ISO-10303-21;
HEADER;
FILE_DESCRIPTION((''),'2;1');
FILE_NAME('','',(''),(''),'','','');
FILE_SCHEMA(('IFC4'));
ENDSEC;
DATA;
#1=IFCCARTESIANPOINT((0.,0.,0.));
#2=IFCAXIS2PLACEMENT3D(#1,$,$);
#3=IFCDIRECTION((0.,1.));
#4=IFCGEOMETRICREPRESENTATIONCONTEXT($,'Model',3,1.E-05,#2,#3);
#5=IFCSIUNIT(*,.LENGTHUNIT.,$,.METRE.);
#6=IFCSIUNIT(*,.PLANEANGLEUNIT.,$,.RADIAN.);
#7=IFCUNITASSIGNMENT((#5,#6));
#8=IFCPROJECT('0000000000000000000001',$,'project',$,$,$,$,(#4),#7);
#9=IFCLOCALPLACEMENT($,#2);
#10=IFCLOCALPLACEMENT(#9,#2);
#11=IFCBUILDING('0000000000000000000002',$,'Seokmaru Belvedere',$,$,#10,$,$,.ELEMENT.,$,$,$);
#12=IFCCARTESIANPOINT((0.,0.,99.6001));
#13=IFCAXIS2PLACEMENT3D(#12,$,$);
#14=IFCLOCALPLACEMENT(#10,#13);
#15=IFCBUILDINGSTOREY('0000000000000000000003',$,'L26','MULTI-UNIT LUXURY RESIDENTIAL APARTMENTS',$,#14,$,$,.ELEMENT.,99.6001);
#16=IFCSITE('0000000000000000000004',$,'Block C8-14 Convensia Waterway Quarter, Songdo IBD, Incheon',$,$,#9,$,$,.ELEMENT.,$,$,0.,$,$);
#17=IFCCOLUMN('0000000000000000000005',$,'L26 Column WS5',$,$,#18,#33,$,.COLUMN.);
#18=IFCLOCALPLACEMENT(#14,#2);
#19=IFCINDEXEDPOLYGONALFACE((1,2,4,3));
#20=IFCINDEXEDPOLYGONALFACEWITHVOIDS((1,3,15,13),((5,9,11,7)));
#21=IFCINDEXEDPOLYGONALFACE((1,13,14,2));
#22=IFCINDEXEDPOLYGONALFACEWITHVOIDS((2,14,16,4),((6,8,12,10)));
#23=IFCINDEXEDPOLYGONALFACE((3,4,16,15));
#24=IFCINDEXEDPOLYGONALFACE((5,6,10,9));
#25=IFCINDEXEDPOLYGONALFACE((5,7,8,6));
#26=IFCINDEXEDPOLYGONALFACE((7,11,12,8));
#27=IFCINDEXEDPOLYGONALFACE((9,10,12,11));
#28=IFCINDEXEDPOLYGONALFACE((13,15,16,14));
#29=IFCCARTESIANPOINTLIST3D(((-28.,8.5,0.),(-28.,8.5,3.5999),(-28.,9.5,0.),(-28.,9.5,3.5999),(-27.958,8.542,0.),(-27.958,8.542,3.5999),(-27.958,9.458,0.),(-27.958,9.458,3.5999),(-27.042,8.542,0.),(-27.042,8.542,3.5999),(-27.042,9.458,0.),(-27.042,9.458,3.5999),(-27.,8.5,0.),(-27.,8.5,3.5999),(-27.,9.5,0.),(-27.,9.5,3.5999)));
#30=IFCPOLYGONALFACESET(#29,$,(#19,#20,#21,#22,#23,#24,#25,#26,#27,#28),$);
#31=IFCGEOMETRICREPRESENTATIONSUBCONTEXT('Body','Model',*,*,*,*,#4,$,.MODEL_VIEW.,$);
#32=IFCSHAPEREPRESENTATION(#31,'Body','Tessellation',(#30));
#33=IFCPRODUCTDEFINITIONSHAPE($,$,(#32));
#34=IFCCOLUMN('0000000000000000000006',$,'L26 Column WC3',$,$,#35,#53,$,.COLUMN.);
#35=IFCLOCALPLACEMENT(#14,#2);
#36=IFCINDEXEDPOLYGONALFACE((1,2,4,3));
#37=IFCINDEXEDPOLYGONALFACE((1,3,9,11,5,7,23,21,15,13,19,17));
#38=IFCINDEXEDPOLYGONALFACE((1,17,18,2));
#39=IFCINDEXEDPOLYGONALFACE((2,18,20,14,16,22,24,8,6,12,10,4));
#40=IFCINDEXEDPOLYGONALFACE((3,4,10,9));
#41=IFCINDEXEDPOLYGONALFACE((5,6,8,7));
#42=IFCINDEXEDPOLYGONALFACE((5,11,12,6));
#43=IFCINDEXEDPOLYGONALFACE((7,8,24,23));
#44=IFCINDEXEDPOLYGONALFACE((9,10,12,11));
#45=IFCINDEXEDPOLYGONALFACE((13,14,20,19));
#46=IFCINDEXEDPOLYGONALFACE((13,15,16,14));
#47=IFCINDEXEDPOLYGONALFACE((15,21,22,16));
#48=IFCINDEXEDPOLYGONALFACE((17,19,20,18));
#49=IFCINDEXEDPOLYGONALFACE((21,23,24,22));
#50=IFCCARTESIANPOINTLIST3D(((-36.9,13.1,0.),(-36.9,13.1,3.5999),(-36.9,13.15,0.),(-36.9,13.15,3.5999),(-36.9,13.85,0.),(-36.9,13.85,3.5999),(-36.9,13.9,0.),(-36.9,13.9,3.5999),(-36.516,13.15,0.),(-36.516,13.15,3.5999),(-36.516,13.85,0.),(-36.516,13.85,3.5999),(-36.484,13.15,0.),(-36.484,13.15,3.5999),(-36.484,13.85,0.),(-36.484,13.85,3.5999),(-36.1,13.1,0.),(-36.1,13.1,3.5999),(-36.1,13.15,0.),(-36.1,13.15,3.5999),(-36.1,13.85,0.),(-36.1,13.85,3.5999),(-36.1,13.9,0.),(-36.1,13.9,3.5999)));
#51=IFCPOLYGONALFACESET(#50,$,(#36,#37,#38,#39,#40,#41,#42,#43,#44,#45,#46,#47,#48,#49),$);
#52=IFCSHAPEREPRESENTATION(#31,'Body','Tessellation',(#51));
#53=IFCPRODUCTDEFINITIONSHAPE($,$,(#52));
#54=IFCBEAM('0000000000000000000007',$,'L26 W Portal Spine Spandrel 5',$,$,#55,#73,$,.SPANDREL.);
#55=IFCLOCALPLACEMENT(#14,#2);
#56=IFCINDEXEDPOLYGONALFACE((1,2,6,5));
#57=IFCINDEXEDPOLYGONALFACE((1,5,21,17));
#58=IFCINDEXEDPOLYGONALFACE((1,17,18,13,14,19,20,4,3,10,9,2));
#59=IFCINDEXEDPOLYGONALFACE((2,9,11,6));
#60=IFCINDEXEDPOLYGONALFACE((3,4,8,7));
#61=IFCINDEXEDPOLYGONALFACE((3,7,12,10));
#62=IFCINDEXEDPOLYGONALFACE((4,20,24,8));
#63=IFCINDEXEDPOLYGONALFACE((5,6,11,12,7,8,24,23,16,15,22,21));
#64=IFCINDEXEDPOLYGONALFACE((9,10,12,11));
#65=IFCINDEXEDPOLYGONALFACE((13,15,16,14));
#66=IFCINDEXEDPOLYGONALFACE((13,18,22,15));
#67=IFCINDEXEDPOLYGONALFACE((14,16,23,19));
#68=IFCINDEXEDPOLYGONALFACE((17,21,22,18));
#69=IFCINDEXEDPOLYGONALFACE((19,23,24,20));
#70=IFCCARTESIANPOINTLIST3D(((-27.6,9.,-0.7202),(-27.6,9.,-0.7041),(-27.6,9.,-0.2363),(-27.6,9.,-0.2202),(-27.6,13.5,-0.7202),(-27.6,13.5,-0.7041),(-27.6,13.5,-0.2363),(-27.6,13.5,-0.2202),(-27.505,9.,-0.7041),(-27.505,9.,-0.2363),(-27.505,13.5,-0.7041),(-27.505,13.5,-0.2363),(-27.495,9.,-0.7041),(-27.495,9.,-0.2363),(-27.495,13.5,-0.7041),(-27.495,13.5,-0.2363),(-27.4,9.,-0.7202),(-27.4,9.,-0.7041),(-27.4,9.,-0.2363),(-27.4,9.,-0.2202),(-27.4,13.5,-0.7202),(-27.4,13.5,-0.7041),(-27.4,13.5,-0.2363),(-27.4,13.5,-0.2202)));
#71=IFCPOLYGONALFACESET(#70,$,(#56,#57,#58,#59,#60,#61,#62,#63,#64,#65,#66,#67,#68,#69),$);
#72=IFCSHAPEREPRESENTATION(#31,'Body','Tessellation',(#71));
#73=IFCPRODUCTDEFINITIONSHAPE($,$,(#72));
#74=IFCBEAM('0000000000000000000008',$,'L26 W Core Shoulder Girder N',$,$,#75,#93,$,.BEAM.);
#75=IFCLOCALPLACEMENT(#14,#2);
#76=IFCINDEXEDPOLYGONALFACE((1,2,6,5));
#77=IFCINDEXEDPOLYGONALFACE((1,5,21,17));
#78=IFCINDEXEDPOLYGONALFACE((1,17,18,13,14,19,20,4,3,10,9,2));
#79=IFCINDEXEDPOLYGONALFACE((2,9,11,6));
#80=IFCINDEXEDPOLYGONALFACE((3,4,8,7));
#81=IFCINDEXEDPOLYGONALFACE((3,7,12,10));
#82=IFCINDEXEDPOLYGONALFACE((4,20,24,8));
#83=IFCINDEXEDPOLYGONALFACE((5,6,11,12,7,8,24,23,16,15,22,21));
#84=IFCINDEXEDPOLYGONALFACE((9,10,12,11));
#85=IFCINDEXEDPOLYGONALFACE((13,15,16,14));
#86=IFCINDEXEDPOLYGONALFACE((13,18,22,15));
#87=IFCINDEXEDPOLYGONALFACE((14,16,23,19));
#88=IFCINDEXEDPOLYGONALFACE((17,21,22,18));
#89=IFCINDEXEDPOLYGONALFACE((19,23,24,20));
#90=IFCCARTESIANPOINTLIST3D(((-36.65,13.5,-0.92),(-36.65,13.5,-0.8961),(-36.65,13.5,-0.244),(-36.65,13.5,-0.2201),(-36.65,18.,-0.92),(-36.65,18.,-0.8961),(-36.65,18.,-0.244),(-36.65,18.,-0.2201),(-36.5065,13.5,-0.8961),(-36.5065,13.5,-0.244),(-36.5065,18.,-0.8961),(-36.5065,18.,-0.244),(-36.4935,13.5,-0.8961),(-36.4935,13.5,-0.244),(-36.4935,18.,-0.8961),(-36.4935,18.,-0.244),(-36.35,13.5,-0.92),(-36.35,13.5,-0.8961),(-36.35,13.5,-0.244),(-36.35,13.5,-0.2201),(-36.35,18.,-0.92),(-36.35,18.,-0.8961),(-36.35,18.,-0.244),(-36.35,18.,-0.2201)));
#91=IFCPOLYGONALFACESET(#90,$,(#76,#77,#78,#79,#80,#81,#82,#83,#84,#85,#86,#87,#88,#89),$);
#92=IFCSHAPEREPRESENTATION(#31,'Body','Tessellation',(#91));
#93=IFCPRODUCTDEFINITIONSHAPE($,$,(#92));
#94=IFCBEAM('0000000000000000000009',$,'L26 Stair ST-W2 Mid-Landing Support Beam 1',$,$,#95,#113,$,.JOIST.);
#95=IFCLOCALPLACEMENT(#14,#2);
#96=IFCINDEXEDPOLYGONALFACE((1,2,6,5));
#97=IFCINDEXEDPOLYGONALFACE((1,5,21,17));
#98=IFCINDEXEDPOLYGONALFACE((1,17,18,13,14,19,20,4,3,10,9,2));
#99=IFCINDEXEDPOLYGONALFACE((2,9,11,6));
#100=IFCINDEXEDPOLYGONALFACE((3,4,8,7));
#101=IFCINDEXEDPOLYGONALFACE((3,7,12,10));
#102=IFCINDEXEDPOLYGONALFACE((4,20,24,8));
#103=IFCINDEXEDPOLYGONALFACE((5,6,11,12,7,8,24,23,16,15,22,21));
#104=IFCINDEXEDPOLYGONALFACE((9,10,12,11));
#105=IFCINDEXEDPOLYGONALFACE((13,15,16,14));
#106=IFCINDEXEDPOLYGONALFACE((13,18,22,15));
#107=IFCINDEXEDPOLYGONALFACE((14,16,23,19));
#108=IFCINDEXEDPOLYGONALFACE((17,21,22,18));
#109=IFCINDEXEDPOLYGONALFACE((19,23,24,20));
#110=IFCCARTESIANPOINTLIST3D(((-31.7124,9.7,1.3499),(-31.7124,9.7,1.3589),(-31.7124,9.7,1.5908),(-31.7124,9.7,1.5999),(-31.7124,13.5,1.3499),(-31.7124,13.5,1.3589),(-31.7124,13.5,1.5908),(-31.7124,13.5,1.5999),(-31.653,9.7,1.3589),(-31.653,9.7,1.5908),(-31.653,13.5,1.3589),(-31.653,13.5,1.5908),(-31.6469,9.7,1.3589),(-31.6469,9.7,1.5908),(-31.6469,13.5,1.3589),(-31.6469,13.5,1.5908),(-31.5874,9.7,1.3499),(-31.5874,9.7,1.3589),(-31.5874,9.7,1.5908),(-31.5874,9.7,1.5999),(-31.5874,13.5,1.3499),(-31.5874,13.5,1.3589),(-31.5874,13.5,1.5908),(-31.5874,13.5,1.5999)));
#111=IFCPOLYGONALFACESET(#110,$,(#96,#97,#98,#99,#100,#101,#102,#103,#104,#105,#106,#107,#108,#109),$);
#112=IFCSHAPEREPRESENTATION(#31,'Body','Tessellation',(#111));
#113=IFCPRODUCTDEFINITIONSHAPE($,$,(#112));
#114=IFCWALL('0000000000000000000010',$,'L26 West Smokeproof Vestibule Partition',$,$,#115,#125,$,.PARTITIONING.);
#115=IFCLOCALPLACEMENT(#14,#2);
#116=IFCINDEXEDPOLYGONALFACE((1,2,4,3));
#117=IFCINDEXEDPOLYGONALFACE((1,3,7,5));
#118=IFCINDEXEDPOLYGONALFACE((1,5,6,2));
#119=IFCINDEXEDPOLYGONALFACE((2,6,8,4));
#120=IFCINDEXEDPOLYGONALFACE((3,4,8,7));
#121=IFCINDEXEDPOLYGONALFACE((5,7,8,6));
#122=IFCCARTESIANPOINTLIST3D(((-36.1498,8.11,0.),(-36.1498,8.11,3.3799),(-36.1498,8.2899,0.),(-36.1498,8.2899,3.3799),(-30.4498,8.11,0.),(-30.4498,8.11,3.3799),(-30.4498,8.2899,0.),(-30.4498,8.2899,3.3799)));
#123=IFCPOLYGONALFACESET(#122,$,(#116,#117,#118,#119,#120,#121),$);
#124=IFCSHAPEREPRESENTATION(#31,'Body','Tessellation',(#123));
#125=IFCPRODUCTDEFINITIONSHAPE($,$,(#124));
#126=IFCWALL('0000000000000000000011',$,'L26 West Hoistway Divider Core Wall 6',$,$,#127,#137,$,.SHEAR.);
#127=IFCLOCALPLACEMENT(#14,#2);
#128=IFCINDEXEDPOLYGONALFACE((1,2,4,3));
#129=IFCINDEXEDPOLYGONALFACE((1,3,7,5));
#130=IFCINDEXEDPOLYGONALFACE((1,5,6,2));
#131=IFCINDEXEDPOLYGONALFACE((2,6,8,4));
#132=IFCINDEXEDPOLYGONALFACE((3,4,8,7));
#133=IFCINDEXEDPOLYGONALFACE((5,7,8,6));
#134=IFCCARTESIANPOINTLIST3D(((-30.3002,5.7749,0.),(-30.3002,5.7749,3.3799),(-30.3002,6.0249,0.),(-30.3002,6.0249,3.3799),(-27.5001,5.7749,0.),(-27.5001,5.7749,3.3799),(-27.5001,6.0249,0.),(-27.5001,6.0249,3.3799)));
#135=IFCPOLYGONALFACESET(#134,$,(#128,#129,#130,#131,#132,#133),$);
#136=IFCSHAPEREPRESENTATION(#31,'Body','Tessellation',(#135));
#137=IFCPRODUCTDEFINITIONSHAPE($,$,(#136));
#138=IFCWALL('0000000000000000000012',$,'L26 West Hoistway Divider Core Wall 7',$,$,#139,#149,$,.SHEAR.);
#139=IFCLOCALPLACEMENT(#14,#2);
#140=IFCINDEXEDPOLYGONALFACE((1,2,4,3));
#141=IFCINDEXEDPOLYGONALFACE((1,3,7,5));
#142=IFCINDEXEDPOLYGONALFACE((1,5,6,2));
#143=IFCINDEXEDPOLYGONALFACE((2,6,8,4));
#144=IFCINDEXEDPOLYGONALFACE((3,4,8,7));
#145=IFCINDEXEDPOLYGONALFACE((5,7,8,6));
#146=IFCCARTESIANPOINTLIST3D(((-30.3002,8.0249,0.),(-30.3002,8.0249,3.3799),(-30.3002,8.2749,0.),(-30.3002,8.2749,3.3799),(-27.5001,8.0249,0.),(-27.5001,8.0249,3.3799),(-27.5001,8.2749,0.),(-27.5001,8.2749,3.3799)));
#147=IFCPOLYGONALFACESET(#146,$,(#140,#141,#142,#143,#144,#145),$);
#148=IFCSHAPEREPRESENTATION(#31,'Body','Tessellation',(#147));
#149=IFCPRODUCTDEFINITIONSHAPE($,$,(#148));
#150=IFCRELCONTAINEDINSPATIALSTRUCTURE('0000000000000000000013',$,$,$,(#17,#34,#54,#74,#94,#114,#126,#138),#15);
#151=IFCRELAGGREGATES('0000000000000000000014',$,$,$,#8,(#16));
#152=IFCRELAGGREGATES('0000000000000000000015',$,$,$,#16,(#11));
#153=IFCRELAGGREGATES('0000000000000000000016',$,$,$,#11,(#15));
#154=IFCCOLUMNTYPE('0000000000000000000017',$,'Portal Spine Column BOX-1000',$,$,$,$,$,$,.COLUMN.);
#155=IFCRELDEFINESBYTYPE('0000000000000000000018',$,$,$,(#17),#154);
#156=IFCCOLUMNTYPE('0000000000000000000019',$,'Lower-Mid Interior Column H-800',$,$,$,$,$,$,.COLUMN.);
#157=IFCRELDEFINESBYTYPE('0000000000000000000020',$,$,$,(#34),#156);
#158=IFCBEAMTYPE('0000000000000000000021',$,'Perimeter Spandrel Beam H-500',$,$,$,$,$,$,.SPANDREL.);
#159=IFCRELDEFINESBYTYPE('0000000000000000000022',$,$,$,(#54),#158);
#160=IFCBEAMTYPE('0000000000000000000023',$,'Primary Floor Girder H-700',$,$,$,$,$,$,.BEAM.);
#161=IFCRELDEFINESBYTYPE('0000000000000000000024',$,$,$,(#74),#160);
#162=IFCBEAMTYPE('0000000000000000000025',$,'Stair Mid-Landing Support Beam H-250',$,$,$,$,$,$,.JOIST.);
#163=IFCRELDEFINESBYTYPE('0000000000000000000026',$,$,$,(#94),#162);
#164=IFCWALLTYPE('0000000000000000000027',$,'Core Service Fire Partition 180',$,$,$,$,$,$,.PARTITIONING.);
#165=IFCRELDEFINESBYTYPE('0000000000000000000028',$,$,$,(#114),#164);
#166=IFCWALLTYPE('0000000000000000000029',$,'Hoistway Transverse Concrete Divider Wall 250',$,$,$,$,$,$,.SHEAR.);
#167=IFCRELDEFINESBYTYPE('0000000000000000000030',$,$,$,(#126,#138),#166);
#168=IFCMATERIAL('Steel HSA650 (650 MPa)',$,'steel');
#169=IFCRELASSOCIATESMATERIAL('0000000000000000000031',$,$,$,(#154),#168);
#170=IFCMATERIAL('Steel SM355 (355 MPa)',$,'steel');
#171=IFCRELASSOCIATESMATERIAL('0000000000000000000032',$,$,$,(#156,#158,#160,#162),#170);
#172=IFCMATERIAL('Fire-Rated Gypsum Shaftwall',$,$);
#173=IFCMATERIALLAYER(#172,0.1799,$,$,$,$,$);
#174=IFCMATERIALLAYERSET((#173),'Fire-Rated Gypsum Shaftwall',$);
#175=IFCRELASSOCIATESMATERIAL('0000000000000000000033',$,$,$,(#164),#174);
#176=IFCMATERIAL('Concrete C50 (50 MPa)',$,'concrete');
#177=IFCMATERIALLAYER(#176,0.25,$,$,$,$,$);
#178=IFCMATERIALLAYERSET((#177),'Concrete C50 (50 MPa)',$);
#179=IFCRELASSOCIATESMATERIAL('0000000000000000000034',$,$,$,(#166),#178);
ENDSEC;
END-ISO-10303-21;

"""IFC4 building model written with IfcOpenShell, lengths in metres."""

from ifc_helpers import new_model, si_unit, direction, frame, frame_2d, origin, origin_2d, place, context, subcontext, project, spatial, rectangle, hollow_rectangle, i_section, extrude, source, transform, mapped, material, layer, layer_set, material_profile, profile_set, type_object, type_shapes, element, save


model = new_model("IFC4")

# Units and contexts
model_context = context("Model", 3, precision=1e-05, world=origin(), true_north=direction((0.0, 1.0)))
body_context = subcontext(model_context, "Body", "Model", "MODEL_VIEW")
ifc_project = project(units=[si_unit("LENGTHUNIT", "METRE"), si_unit("PLANEANGLEUNIT", "RADIAN")], contexts=[model_context])

# Site, building, storey
site_placement = place(None, origin())
site = spatial("IfcSite", under=ifc_project, at=site_placement, Name="Block C8-14 Convensia Waterway Quarter, Songdo IBD, Incheon", CompositionType="ELEMENT", RefElevation=0.0)
building_placement = place(site_placement, origin())
building = spatial("IfcBuilding", under=site, at=building_placement, Name="Seokmaru Belvedere", CompositionType="ELEMENT")
storey_placement = place(building_placement, frame((0.0, 0.0, 99.6001)))
storey = spatial("IfcBuildingStorey", under=building, at=storey_placement, Name="L26", Description="MULTI-UNIT LUXURY RESIDENTIAL APARTMENTS", CompositionType="ELEMENT", Elevation=99.6001)

# Columns
ifc_material_1 = material(Name="Steel HSA650 (650 MPa)", Category="steel")
ifc_material_profile_1 = material_profile(ifc_material_1, hollow_rectangle(XDim=1.0, YDim=1.0, WallThickness=0.042, at=origin_2d()), Name="BOX-1000x1000x42")
ifc_profile_set_1 = profile_set([ifc_material_profile_1], Name="Steel HSA650 (650 MPa)")
column_type_1 = type_object("IfcColumnType", Name="Portal Spine Column BOX-1000", PredefinedType="COLUMN", material=ifc_profile_set_1)
shared_shape_1 = source(origin(), body_context, "Body", "SweptSolid", [
    extrude(hollow_rectangle(XDim=1.0, YDim=1.0, WallThickness=0.042, at=origin_2d()), origin(), (0.0, 0.0, 1.0), 3.5999),
])
type_shapes(column_type_1, [shared_shape_1])
column_1_placement = place(storey_placement, frame((-27.5, 9.0, 0.0), z_axis=(0.0, 0.0, 1.0), x_axis=(1.0, 0.0, 0.0)))
element("IfcColumn", 1, at=column_1_placement, inside=storey, type_object=column_type_1, Name="L26 Column WS5", PredefinedType="COLUMN", context=body_context, shape_type="MappedRepresentation", body=[
    mapped(shared_shape_1, transform((0.0, 0.0, 0.0), scale=1.0)),
])
ifc_material_2 = material(Name="Steel SM355 (355 MPa)", Category="steel")
ifc_material_profile_2 = material_profile(ifc_material_2, i_section(OverallWidth=0.8, OverallDepth=0.8, WebThickness=0.032, FlangeThickness=0.05, at=origin_2d()), Name="H-800x800x32x50")
ifc_profile_set_2 = profile_set([ifc_material_profile_2], Name="Steel SM355 (355 MPa)")
column_type_2 = type_object("IfcColumnType", Name="Lower-Mid Interior Column H-800", PredefinedType="COLUMN", material=ifc_profile_set_2)
shared_shape_2 = source(origin(), body_context, "Body", "SweptSolid", [
    extrude(i_section(OverallWidth=0.8, OverallDepth=0.8, WebThickness=0.032, FlangeThickness=0.05, at=origin_2d()), origin(), (0.0, 0.0, 1.0), 3.5999),
])
type_shapes(column_type_2, [shared_shape_2])
column_2_placement = place(storey_placement, frame((-36.5, 13.5, 0.0), z_axis=(0.0, 0.0, 1.0), x_axis=(1.0, 0.0, 0.0)))
element("IfcColumn", 2, at=column_2_placement, inside=storey, type_object=column_type_2, Name="L26 Column WC3", PredefinedType="COLUMN", context=body_context, shape_type="MappedRepresentation", body=[
    mapped(shared_shape_2, transform((0.0, 0.0, 0.0), scale=1.0)),
])

# Beams
ifc_material_profile_3 = material_profile(ifc_material_2, i_section(OverallWidth=0.2, OverallDepth=0.5, WebThickness=0.01, FlangeThickness=0.0161, at=origin_2d()), Name="H-500x200x10x16")
ifc_profile_set_3 = profile_set([ifc_material_profile_3], Name="Steel SM355 (355 MPa)")
beam_type_1 = type_object("IfcBeamType", Name="Perimeter Spandrel Beam H-500", PredefinedType="SPANDREL", material=ifc_profile_set_3)
shared_shape_3 = source(origin(), body_context, "Body", "SweptSolid", [
    extrude(i_section(OverallWidth=0.2, OverallDepth=0.5, WebThickness=0.01, FlangeThickness=0.0161, at=origin_2d()), origin(), (0.0, 0.0, 1.0), 4.5),
])
type_shapes(beam_type_1, [shared_shape_3])
beam_1_placement = place(storey_placement, frame((-27.5, 9.0, -0.4702), z_axis=(0.0, 1.0, 0.0), x_axis=(-1.0, 0.0, 0.0)))
element("IfcBeam", 3, at=beam_1_placement, inside=storey, type_object=beam_type_1, Name="L26 W Portal Spine Spandrel 5", PredefinedType="SPANDREL", context=body_context, shape_type="MappedRepresentation", body=[
    mapped(shared_shape_3, transform((0.0, 0.0, 0.0), scale=1.0)),
])
ifc_material_profile_4 = material_profile(ifc_material_2, i_section(OverallWidth=0.3, OverallDepth=0.7, WebThickness=0.0129, FlangeThickness=0.0239, at=origin_2d()), Name="H-700x300x13x24")
ifc_profile_set_4 = profile_set([ifc_material_profile_4], Name="Steel SM355 (355 MPa)")
beam_type_2 = type_object("IfcBeamType", Name="Primary Floor Girder H-700", PredefinedType="BEAM", material=ifc_profile_set_4)
shared_shape_4 = source(origin(), body_context, "Body", "SweptSolid", [
    extrude(i_section(OverallWidth=0.3, OverallDepth=0.7, WebThickness=0.0129, FlangeThickness=0.0239, at=origin_2d()), origin(), (0.0, 0.0, 1.0), 4.5),
])
type_shapes(beam_type_2, [shared_shape_4])
beam_2_placement = place(storey_placement, frame((-36.5, 13.5, -0.5701), z_axis=(0.0, 1.0, 0.0), x_axis=(-1.0, 0.0, 0.0)))
element("IfcBeam", 4, at=beam_2_placement, inside=storey, type_object=beam_type_2, Name="L26 W Core Shoulder Girder N", PredefinedType="BEAM", context=body_context, shape_type="MappedRepresentation", body=[
    mapped(shared_shape_4, transform((0.0, 0.0, 0.0), scale=1.0)),
])
ifc_material_profile_5 = material_profile(ifc_material_2, i_section(OverallWidth=0.125, OverallDepth=0.25, WebThickness=0.0061, FlangeThickness=0.009, at=origin_2d()), Name="H-250x125x6x9")
ifc_profile_set_5 = profile_set([ifc_material_profile_5], Name="Steel SM355 (355 MPa)")
beam_type_3 = type_object("IfcBeamType", Name="Stair Mid-Landing Support Beam H-250", PredefinedType="JOIST", material=ifc_profile_set_5)
shared_shape_5 = source(origin(), body_context, "Body", "SweptSolid", [
    extrude(i_section(OverallWidth=0.125, OverallDepth=0.25, WebThickness=0.0061, FlangeThickness=0.009, at=origin_2d()), origin(), (0.0, 0.0, 1.0), 3.8),
])
type_shapes(beam_type_3, [shared_shape_5])
beam_3_placement = place(storey_placement, frame((-31.6499, 9.7, 1.4749), z_axis=(0.0, 1.0, 0.0), x_axis=(-1.0, 0.0, 0.0)))
element("IfcBeam", 5, at=beam_3_placement, inside=storey, type_object=beam_type_3, Name="L26 Stair ST-W2 Mid-Landing Support Beam 1", PredefinedType="JOIST", context=body_context, shape_type="MappedRepresentation", body=[
    mapped(shared_shape_5, transform((0.0, 0.0, 0.0), scale=1.0)),
])

# Walls
ifc_material_3 = material(Name="Fire-Rated Gypsum Shaftwall")
ifc_layer_1 = layer(ifc_material_3, 0.1799)
ifc_layer_set_1 = layer_set([ifc_layer_1], Name="Fire-Rated Gypsum Shaftwall")
wall_type_1 = type_object("IfcWallType", Name="Core Service Fire Partition 180", PredefinedType="PARTITIONING", material=ifc_layer_set_1)
wall_1_placement = place(storey_placement, frame((-36.1499, 8.2, 0.0), z_axis=(0.0, 0.0, 1.0), x_axis=(1.0, 0.0, 0.0)))
element("IfcWall", 6, at=wall_1_placement, inside=storey, type_object=wall_type_1, Name="L26 West Smokeproof Vestibule Partition", PredefinedType="PARTITIONING", context=body_context, shape_type="SweptSolid", body=[
    extrude(rectangle(XDim=5.7, YDim=0.1799, at=frame_2d((2.8501, 0.0))), origin(), (0.0, 0.0, 1.0), 3.3799),
])
ifc_material_4 = material(Name="Concrete C50 (50 MPa)", Category="concrete")
ifc_layer_2 = layer(ifc_material_4, 0.25)
ifc_layer_set_2 = layer_set([ifc_layer_2], Name="Concrete C50 (50 MPa)")
wall_type_2 = type_object("IfcWallType", Name="Hoistway Transverse Concrete Divider Wall 250", PredefinedType="SHEAR", material=ifc_layer_set_2)
for number, where, z_axis, x_axis, name in (
    (7, (-30.3, 5.8999, 0.0), (0.0, 0.0, 1.0), (1.0, 0.0, 0.0), "L26 West Hoistway Divider Core Wall 6"),
    (8, (-30.3, 8.1499, 0.0), (0.0, 0.0, 1.0), (1.0, 0.0, 0.0), "L26 West Hoistway Divider Core Wall 7"),
):
    element("IfcWall", number, at=place(storey_placement, frame(where, z_axis=z_axis, x_axis=x_axis)), inside=storey, type_object=wall_type_2, Name=name, PredefinedType="SHEAR", context=body_context, shape_type="SweptSolid", body=[
        extrude(rectangle(XDim=2.8, YDim=0.25, at=frame_2d((1.3999, 0.0))), origin(), (0.0, 0.0, 1.0), 3.3799),
    ])

save(model, "model.ifc")
